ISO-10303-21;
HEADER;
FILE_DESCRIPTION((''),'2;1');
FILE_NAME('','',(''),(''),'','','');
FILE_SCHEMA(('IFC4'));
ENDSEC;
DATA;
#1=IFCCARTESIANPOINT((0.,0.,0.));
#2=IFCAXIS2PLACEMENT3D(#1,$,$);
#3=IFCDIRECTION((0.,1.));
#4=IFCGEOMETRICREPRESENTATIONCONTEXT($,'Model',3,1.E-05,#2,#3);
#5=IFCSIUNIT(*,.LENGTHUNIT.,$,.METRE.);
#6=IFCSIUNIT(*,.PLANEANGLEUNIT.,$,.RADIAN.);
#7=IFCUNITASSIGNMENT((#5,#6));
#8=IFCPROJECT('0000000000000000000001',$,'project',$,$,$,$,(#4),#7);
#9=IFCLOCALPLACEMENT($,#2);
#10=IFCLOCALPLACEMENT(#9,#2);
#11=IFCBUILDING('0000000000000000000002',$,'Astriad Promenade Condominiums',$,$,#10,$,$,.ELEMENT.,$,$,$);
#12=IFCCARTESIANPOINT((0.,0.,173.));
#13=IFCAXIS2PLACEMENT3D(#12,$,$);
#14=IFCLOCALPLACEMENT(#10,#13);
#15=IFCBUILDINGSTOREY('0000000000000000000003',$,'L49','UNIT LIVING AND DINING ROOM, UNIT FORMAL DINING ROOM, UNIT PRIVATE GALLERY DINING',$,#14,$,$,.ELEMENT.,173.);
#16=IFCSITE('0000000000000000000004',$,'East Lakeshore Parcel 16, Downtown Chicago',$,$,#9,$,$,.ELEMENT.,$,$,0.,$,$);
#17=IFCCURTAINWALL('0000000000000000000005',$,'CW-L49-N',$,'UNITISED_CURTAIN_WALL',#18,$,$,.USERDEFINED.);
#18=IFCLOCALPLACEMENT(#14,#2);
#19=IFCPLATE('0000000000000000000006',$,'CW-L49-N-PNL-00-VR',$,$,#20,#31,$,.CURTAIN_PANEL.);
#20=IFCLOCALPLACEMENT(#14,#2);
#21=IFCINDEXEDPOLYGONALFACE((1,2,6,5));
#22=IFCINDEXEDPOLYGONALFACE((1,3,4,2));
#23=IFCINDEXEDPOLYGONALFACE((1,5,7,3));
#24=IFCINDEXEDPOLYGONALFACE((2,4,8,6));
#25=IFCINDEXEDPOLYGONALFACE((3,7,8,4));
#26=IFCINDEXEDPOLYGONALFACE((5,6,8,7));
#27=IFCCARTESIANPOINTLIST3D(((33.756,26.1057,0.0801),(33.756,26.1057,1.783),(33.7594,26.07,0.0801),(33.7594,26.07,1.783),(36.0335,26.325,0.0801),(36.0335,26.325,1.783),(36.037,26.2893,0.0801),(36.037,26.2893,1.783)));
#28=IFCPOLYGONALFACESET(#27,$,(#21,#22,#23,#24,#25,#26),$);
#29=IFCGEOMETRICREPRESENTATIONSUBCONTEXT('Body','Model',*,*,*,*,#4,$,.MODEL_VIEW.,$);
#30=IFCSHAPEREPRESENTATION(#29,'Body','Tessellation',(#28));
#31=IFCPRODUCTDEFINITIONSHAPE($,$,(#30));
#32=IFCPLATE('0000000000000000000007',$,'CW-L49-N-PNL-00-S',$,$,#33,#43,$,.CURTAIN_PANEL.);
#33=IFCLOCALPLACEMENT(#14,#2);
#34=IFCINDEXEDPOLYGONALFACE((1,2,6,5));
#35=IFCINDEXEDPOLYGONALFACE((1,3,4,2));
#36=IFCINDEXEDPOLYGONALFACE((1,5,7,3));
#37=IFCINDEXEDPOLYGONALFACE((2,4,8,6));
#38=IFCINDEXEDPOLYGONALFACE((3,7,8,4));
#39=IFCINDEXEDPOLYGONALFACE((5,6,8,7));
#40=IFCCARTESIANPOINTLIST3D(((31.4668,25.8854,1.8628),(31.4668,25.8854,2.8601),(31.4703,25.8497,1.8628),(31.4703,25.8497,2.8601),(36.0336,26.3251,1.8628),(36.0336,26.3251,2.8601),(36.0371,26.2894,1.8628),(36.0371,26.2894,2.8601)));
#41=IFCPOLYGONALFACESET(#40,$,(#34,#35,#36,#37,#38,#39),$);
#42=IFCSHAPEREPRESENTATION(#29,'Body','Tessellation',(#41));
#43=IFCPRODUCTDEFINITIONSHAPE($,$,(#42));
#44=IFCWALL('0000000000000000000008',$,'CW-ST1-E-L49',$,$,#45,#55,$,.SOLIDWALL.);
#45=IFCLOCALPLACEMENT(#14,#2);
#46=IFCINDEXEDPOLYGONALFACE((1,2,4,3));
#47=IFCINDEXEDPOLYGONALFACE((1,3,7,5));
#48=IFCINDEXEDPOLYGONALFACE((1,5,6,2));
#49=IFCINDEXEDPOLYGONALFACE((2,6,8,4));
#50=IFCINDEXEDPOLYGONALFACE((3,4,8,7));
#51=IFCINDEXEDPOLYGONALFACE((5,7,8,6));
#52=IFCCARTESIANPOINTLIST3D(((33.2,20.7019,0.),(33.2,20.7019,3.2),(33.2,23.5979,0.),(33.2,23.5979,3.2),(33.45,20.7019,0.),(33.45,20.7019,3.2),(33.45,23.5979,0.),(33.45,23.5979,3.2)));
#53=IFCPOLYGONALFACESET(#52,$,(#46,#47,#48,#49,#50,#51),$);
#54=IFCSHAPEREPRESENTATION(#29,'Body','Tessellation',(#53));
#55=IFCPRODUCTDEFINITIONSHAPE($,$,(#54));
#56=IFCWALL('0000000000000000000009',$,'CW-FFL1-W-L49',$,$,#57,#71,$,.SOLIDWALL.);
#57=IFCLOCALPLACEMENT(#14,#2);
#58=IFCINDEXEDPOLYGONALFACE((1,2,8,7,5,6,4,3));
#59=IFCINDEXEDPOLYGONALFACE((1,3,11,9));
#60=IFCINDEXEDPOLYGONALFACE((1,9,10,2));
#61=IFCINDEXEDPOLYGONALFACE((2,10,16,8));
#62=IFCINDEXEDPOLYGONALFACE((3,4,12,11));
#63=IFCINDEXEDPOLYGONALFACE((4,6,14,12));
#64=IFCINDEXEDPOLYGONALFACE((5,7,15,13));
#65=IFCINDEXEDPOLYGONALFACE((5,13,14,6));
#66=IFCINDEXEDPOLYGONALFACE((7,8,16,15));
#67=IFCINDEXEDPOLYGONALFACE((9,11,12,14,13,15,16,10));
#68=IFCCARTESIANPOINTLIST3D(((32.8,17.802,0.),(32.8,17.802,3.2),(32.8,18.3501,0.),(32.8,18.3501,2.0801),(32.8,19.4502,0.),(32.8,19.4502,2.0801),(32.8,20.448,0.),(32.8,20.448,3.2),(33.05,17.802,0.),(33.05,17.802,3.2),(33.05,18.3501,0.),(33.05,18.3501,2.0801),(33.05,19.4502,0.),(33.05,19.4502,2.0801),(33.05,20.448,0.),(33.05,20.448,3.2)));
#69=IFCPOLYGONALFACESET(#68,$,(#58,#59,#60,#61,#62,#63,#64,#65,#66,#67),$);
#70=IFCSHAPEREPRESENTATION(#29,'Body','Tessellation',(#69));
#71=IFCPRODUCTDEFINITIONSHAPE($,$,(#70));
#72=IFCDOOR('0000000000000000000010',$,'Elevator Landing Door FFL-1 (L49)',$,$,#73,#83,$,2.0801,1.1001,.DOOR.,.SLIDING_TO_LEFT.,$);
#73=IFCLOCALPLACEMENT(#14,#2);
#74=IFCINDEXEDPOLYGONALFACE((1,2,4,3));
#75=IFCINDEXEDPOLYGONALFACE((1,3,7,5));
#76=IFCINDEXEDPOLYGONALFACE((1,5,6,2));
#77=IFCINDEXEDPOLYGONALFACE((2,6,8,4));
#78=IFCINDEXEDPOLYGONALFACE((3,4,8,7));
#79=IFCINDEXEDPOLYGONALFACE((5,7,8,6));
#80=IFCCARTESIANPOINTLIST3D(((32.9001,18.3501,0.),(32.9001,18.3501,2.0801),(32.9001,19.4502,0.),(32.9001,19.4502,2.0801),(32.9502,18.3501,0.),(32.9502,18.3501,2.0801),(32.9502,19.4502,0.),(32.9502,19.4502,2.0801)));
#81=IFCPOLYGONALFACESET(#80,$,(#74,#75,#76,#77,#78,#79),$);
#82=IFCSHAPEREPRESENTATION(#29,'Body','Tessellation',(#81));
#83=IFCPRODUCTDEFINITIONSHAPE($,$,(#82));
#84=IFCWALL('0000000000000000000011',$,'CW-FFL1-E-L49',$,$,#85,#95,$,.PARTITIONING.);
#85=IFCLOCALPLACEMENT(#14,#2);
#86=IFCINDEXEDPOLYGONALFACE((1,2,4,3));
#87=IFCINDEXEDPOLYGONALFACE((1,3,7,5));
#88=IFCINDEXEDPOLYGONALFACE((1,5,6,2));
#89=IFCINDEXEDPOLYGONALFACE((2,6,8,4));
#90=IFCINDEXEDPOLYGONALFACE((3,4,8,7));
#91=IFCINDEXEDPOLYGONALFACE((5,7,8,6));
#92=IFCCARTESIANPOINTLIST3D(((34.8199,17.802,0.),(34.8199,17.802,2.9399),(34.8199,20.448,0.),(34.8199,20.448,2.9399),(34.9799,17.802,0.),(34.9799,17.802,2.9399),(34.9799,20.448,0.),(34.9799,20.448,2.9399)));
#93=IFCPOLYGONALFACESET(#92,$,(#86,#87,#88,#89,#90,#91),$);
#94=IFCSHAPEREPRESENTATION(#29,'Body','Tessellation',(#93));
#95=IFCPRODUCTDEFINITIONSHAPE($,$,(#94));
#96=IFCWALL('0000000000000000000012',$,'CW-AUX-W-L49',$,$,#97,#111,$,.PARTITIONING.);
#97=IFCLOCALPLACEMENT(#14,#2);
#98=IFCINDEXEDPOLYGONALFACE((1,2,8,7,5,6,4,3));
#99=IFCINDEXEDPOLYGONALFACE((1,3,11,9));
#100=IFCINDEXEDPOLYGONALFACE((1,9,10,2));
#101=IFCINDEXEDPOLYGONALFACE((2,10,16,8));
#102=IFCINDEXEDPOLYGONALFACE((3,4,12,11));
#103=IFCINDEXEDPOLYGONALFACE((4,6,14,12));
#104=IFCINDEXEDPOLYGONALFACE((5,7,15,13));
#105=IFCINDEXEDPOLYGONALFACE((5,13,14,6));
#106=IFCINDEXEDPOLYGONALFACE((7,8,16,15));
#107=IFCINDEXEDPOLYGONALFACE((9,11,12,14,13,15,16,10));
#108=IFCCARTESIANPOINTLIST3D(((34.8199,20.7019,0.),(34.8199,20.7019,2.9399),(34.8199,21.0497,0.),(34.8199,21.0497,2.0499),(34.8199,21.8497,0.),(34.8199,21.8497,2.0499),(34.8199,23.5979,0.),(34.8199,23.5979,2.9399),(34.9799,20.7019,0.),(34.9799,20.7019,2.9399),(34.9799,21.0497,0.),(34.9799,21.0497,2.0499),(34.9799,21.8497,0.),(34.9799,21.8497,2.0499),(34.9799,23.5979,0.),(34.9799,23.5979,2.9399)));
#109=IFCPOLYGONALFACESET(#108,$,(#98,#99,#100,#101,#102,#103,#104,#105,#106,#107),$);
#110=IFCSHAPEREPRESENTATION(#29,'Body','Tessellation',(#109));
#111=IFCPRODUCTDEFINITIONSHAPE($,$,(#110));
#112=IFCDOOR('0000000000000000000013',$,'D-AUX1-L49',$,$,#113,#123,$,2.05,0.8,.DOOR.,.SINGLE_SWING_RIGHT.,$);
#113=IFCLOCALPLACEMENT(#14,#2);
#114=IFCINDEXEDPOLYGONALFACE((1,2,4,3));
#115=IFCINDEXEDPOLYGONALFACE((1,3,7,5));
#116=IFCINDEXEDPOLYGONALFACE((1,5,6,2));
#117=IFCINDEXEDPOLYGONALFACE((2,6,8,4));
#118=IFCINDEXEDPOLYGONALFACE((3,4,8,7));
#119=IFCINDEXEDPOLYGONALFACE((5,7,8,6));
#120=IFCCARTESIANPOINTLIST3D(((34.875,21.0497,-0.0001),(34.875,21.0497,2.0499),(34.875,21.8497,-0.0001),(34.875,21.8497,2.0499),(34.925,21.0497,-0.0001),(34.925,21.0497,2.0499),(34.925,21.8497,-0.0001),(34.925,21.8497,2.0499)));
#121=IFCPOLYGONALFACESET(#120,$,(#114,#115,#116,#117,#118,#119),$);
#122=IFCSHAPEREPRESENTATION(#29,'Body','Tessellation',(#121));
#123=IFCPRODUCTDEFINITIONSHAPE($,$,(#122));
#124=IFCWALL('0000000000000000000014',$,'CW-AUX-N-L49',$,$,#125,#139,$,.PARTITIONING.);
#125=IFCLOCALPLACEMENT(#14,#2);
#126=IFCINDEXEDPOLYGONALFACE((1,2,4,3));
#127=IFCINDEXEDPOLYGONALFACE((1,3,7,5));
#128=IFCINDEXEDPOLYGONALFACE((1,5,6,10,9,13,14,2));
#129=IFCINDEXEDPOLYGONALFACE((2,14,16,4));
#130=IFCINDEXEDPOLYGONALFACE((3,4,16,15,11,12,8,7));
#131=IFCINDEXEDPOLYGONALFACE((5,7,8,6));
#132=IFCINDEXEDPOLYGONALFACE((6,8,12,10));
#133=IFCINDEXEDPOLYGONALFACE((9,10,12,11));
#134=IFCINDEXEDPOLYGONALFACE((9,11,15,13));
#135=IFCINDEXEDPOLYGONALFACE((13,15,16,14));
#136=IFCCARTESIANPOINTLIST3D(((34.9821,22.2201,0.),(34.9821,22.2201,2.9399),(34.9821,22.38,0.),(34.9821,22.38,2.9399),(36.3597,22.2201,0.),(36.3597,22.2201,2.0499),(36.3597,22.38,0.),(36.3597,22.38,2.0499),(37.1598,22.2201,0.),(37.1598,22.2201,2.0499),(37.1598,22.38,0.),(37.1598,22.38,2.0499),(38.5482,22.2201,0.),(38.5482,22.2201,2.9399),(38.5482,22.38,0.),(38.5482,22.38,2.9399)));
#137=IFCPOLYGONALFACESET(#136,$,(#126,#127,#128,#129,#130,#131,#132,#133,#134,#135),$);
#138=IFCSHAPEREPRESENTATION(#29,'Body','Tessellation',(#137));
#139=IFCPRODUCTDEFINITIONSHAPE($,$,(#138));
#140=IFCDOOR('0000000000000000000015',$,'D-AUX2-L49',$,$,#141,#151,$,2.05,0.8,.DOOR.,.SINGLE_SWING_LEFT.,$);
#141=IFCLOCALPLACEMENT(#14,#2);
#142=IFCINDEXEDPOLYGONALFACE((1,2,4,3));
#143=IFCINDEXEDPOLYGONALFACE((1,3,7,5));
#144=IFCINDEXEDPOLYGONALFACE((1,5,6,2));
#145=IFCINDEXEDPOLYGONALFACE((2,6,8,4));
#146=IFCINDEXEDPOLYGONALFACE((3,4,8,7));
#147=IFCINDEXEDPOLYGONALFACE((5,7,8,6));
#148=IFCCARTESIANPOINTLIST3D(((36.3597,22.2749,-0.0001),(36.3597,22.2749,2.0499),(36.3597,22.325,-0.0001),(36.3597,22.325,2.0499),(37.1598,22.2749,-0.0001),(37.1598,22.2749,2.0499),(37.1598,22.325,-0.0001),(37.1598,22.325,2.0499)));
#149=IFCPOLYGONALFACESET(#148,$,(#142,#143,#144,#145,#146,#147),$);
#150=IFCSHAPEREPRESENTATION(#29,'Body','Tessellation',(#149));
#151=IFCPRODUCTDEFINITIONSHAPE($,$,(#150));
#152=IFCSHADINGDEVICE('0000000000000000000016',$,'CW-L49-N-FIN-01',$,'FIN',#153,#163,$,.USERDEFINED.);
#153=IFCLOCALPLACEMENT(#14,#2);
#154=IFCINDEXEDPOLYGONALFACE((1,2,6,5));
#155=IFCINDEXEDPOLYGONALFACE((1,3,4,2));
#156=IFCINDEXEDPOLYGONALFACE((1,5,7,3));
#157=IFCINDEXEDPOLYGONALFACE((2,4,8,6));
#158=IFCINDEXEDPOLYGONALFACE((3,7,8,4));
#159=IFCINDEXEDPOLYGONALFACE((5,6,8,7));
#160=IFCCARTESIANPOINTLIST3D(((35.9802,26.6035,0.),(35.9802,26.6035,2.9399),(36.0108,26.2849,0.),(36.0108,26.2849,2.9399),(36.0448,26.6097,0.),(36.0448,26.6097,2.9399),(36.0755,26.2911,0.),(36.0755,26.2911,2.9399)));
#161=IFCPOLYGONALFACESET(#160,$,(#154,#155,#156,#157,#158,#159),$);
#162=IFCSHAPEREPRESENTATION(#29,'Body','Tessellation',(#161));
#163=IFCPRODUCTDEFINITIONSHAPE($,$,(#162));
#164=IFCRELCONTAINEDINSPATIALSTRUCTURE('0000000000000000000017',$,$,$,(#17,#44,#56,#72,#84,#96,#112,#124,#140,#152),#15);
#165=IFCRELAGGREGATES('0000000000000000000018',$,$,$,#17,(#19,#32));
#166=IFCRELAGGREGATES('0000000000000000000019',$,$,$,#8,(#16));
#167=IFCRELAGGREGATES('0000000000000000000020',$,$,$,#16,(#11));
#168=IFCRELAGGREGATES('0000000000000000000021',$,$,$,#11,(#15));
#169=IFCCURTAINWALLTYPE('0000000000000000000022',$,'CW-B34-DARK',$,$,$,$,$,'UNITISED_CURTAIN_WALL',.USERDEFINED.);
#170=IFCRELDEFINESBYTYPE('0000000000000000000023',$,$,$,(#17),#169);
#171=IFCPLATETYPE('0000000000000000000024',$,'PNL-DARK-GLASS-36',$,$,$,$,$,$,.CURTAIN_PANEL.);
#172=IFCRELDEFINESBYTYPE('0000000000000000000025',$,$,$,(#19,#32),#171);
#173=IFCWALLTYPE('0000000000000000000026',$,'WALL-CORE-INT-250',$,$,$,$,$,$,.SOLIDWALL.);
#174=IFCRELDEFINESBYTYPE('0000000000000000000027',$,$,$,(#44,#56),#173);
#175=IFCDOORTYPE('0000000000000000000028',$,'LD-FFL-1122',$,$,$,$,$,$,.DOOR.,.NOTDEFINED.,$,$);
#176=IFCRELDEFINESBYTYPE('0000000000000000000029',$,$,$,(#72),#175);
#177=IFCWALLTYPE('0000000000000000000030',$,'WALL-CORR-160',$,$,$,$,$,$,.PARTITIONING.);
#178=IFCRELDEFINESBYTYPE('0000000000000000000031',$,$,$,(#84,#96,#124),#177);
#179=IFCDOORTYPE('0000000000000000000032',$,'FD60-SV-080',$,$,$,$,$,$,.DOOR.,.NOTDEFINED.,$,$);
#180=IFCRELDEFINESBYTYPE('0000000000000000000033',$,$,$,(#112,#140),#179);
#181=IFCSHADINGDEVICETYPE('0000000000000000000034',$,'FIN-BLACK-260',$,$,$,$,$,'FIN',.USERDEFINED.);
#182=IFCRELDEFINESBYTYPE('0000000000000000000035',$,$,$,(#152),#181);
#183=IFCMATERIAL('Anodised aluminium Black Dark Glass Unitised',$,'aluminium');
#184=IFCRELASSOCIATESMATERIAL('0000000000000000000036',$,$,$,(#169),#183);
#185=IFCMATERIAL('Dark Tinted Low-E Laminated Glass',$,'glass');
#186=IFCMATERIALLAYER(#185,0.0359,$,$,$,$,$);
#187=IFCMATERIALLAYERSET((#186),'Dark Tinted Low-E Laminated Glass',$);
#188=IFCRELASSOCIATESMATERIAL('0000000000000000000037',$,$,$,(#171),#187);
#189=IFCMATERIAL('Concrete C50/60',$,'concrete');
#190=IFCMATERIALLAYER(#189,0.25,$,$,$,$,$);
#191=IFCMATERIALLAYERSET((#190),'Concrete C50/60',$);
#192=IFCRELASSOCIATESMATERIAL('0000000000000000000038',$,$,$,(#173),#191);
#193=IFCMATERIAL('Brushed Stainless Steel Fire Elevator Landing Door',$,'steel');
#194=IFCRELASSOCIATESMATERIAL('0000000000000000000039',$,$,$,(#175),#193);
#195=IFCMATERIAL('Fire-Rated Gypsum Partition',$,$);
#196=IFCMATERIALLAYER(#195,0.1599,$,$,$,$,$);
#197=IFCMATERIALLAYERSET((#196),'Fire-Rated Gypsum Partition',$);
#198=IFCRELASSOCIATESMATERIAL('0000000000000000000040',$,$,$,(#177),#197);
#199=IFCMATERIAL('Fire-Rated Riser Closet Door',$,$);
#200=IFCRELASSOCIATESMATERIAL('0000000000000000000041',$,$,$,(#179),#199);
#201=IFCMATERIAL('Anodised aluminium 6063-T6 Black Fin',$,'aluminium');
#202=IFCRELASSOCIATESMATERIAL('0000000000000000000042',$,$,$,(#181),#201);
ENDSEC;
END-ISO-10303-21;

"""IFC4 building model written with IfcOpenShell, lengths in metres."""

from ifc_helpers import new_model, si_unit, direction, frame, frame_2d, origin, origin_2d, place, context, subcontext, project, spatial, rectangle, extrude, source, transform, mapped, material, layer, layer_set, type_object, type_shapes, element, fill, aggregate, save


model = new_model("IFC4")

# Units and contexts
model_context = context("Model", 3, precision=1e-05, world=origin(), true_north=direction((0.0, 1.0)))
body_context = subcontext(model_context, "Body", "Model", "MODEL_VIEW")
ifc_project = project(units=[si_unit("LENGTHUNIT", "METRE"), si_unit("PLANEANGLEUNIT", "RADIAN")], contexts=[model_context])

# Site, building, storey
site_placement = place(None, origin())
site = spatial("IfcSite", under=ifc_project, at=site_placement, Name="East Lakeshore Parcel 16, Downtown Chicago", CompositionType="ELEMENT", RefElevation=0.0)
building_placement = place(site_placement, origin())
building = spatial("IfcBuilding", under=site, at=building_placement, Name="Astriad Promenade Condominiums", CompositionType="ELEMENT")
storey_placement = place(building_placement, frame((0.0, 0.0, 173.0)))
storey = spatial("IfcBuildingStorey", under=building, at=storey_placement, Name="L49", Description="UNIT LIVING AND DINING ROOM, UNIT FORMAL DINING ROOM, UNIT PRIVATE GALLERY DINING", CompositionType="ELEMENT", Elevation=173.0)

# Curtain wall, plates
ifc_material_1 = material(Name="Anodised aluminium Black Dark Glass Unitised", Category="aluminium")
curtain_wall_type = type_object("IfcCurtainWallType", Name="CW-B34-DARK", ElementType="UNITISED_CURTAIN_WALL", PredefinedType="USERDEFINED", material=ifc_material_1)
curtain_wall_placement = place(storey_placement, origin())
curtain_wall = element("IfcCurtainWall", 1, at=curtain_wall_placement, inside=storey, type_object=curtain_wall_type, Name="CW-L49-N", ObjectType="UNITISED_CURTAIN_WALL", PredefinedType="USERDEFINED")
ifc_material_2 = material(Name="Dark Tinted Low-E Laminated Glass", Category="glass")
ifc_layer_1 = layer(ifc_material_2, 0.0359)
ifc_layer_set_1 = layer_set([ifc_layer_1], Name="Dark Tinted Low-E Laminated Glass")
plate_type = type_object("IfcPlateType", Name="PNL-DARK-GLASS-36", PredefinedType="CURTAIN_PANEL", material=ifc_layer_set_1)
shared_shape_1 = source(origin(), body_context, "Body", "SweptSolid", [
    extrude(rectangle(XDim=2.2881, YDim=0.0359, at=origin_2d()), origin(), (0.0, 0.0, 1.0), 1.7029),
])
plate_1_placement = place(storey_placement, frame((34.8965, 26.1975, 0.0801), z_axis=(0.0, 0.0, 1.0), x_axis=(0.995396, 0.095846, 0.0)))
plate_1 = element("IfcPlate", 2, at=plate_1_placement, type_object=plate_type, Name="CW-L49-N-PNL-00-VR", PredefinedType="CURTAIN_PANEL", context=body_context, shape_type="MappedRepresentation", body=[
    mapped(shared_shape_1, transform((0.0, 0.0, 0.0), scale=1.0)),
])
shared_shape_2 = source(origin(), body_context, "Body", "SweptSolid", [
    extrude(rectangle(XDim=4.5879, YDim=0.0359, at=origin_2d()), origin(), (0.0, 0.0, 1.0), 0.9973),
])
type_shapes(plate_type, [shared_shape_1, shared_shape_2])
plate_2_placement = place(storey_placement, frame((33.752, 26.0874, 1.8628), z_axis=(0.0, 0.0, 1.0), x_axis=(0.995396, 0.095846, 0.0)))
plate_2 = element("IfcPlate", 3, at=plate_2_placement, type_object=plate_type, Name="CW-L49-N-PNL-00-S", PredefinedType="CURTAIN_PANEL", context=body_context, shape_type="MappedRepresentation", body=[
    mapped(shared_shape_2, transform((0.0, 0.0, 0.0), scale=1.0)),
])
aggregate(curtain_wall, [plate_1, plate_2])

# Wall
ifc_material_3 = material(Name="Concrete C50/60", Category="concrete")
ifc_layer_2 = layer(ifc_material_3, 0.25)
ifc_layer_set_2 = layer_set([ifc_layer_2], Name="Concrete C50/60")
wall_type_1 = type_object("IfcWallType", Name="WALL-CORE-INT-250", PredefinedType="SOLIDWALL", material=ifc_layer_set_2)
wall_1_placement = place(storey_placement, frame((33.325, 20.7019, 0.0), z_axis=(0.0, 0.0, 1.0), x_axis=(0.0, 1.0, 0.0)))
element("IfcWall", 4, at=wall_1_placement, inside=storey, type_object=wall_type_1, Name="CW-ST1-E-L49", PredefinedType="SOLIDWALL", context=body_context, shape_type="SweptSolid", body=[
    extrude(rectangle(XDim=2.896, YDim=0.25, at=frame_2d((1.448, 0.0))), origin(), (0.0, 0.0, 1.0), 3.2),
])

# Wall, opening, door
wall_2_placement = place(storey_placement, frame((32.925, 17.802, 0.0), z_axis=(0.0, 0.0, 1.0), x_axis=(0.0, 1.0, 0.0)))
wall_2 = element("IfcWall", 5, at=wall_2_placement, inside=storey, type_object=wall_type_1, Name="CW-FFL1-W-L49", PredefinedType="SOLIDWALL", context=body_context, shape_type="SweptSolid", body=[
    extrude(rectangle(XDim=2.646, YDim=0.25, at=frame_2d((1.323, 0.0))), origin(), (0.0, 0.0, 1.0), 3.2),
])
opening_1_placement = place(wall_2_placement, frame((0.5481, 0.0, 0.0)))
opening_1 = element("IfcOpeningElement", 6, at=opening_1_placement, cuts=wall_2, PredefinedType="OPENING", context=body_context, shape_type="SweptSolid", body=[
    extrude(rectangle(XDim=1.1001, YDim=2.0801, at=frame_2d((0.55, 1.04))), frame((0.0, 0.135, 0.0), z_axis=(0.0, -1.0, 0.0), x_axis=(1.0, 0.0, 0.0)), (0.0, 0.0, 1.0), 0.27),
])
ifc_material_4 = material(Name="Brushed Stainless Steel Fire Elevator Landing Door", Category="steel")
door_type_1 = type_object("IfcDoorType", Name="LD-FFL-1122", OperationType="NOTDEFINED", PredefinedType="DOOR", material=ifc_material_4)
shared_shape_3 = source(origin(), body_context, "Body", "SweptSolid", [
    extrude(rectangle(XDim=1.1001, YDim=2.0801, at=frame_2d((0.55, 1.04))), frame((0.0, 0.0249, 0.0), z_axis=(0.0, -1.0, 0.0), x_axis=(1.0, 0.0, 0.0)), (0.0, 0.0, 1.0), 0.05),
])
type_shapes(door_type_1, [shared_shape_3])
door_1_placement = place(opening_1_placement, origin())
door_1 = element("IfcDoor", 7, at=door_1_placement, inside=storey, type_object=door_type_1, Name="Elevator Landing Door FFL-1 (L49)", OperationType="SLIDING_TO_LEFT", OverallHeight=2.0801, OverallWidth=1.1001, PredefinedType="DOOR", context=body_context, shape_type="MappedRepresentation", body=[
    mapped(shared_shape_3, transform((0.0, 0.0, 0.0), scale=1.0)),
])
fill(opening_1, door_1)

# Wall
ifc_material_5 = material(Name="Fire-Rated Gypsum Partition")
ifc_layer_3 = layer(ifc_material_5, 0.1599)
ifc_layer_set_3 = layer_set([ifc_layer_3], Name="Fire-Rated Gypsum Partition")
wall_type_2 = type_object("IfcWallType", Name="WALL-CORR-160", PredefinedType="PARTITIONING", material=ifc_layer_set_3)
wall_3_placement = place(storey_placement, frame((34.8999, 17.802, 0.0), z_axis=(0.0, 0.0, 1.0), x_axis=(0.0, 1.0, 0.0)))
element("IfcWall", 8, at=wall_3_placement, inside=storey, type_object=wall_type_2, Name="CW-FFL1-E-L49", PredefinedType="PARTITIONING", context=body_context, shape_type="SweptSolid", body=[
    extrude(rectangle(XDim=2.646, YDim=0.1599, at=frame_2d((1.323, 0.0))), origin(), (0.0, 0.0, 1.0), 2.9399),
])

# Walls, openings, doors
wall_4_placement = place(storey_placement, frame((34.8999, 20.7019, 0.0), z_axis=(0.0, 0.0, 1.0), x_axis=(0.0, 1.0, 0.0)))
wall_4 = element("IfcWall", 9, at=wall_4_placement, inside=storey, type_object=wall_type_2, Name="CW-AUX-W-L49", PredefinedType="PARTITIONING", context=body_context, shape_type="SweptSolid", body=[
    extrude(rectangle(XDim=2.896, YDim=0.1599, at=frame_2d((1.448, 0.0))), origin(), (0.0, 0.0, 1.0), 2.9399),
])
opening_2_placement = place(wall_4_placement, frame((0.3479, 0.0, 0.0)))
opening_2 = element("IfcOpeningElement", 10, at=opening_2_placement, cuts=wall_4, PredefinedType="OPENING", context=body_context, shape_type="SweptSolid", body=[
    extrude(rectangle(XDim=0.8, YDim=2.05, at=frame_2d((0.3999, 1.0249))), frame((0.0, 0.0898, 0.0), z_axis=(0.0, -1.0, 0.0), x_axis=(1.0, 0.0, 0.0)), (0.0, 0.0, 1.0), 0.1799),
])
ifc_material_6 = material(Name="Fire-Rated Riser Closet Door")
door_type_2 = type_object("IfcDoorType", Name="FD60-SV-080", OperationType="NOTDEFINED", PredefinedType="DOOR", material=ifc_material_6)
shared_shape_4 = source(origin(), body_context, "Body", "SweptSolid", [
    extrude(rectangle(XDim=0.8, YDim=2.05, at=frame_2d((0.3999, 1.0249))), frame((0.0, 0.0249, 0.0), z_axis=(0.0, -1.0, 0.0), x_axis=(1.0, 0.0, 0.0)), (0.0, 0.0, 1.0), 0.05),
])
type_shapes(door_type_2, [shared_shape_4])
door_2_placement = place(opening_2_placement, origin())
door_2 = element("IfcDoor", 11, at=door_2_placement, inside=storey, type_object=door_type_2, Name="D-AUX1-L49", OperationType="SINGLE_SWING_RIGHT", OverallHeight=2.05, OverallWidth=0.8, PredefinedType="DOOR", context=body_context, shape_type="MappedRepresentation", body=[
    mapped(shared_shape_4, transform((0.0, 0.0, 0.0), scale=1.0)),
])
fill(opening_2, door_2)
wall_5_placement = place(storey_placement, frame((34.9819, 22.3, 0.0), z_axis=(0.0, 0.0, 1.0), x_axis=(1.0, 0.0, 0.0)))
wall_5 = element("IfcWall", 12, at=wall_5_placement, inside=storey, type_object=wall_type_2, Name="CW-AUX-N-L49", PredefinedType="PARTITIONING", context=body_context, shape_type="SweptSolid", body=[
    extrude(rectangle(XDim=3.5662, YDim=0.1599, at=frame_2d((1.7832, 0.0))), origin(), (0.0, 0.0, 1.0), 2.9399),
])
opening_3_placement = place(wall_5_placement, frame((1.3779, 0.0, 0.0)))
opening_3 = element("IfcOpeningElement", 13, at=opening_3_placement, cuts=wall_5, PredefinedType="OPENING", context=body_context, shape_type="SweptSolid", body=[
    extrude(rectangle(XDim=0.8, YDim=2.05, at=frame_2d((0.3999, 1.0249))), frame((0.0, 0.0898, 0.0), z_axis=(0.0, -1.0, 0.0), x_axis=(1.0, 0.0, 0.0)), (0.0, 0.0, 1.0), 0.1799),
])
door_3_placement = place(opening_3_placement, origin())
door_3 = element("IfcDoor", 14, at=door_3_placement, inside=storey, type_object=door_type_2, Name="D-AUX2-L49", OperationType="SINGLE_SWING_LEFT", OverallHeight=2.05, OverallWidth=0.8, PredefinedType="DOOR", context=body_context, shape_type="MappedRepresentation", body=[
    mapped(shared_shape_4, transform((0.0, 0.0, 0.0), scale=1.0)),
])
fill(opening_3, door_3)

# Shading device
ifc_material_7 = material(Name="Anodised aluminium 6063-T6 Black Fin", Category="aluminium")
shading_device_type = type_object("IfcShadingDeviceType", Name="FIN-BLACK-260", ElementType="FIN", PredefinedType="USERDEFINED", material=ifc_material_7)
shared_shape_5 = source(origin(), body_context, "Body", "SweptSolid", [
    extrude(rectangle(XDim=0.0649, YDim=0.3201, at=origin_2d()), origin(), (0.0, 0.0, 1.0), 2.9399),
])
type_shapes(shading_device_type, [shared_shape_5])
shading_device_placement = place(storey_placement, frame((36.0278, 26.4473, 0.0), z_axis=(0.0, 0.0, 1.0), x_axis=(0.995396, 0.095846, 0.0)))
element("IfcShadingDevice", 15, at=shading_device_placement, inside=storey, type_object=shading_device_type, Name="CW-L49-N-FIN-01", ObjectType="FIN", PredefinedType="USERDEFINED", context=body_context, shape_type="MappedRepresentation", body=[
    mapped(shared_shape_5, transform((0.0, 0.0, 0.0), scale=1.0)),
])

save(model, "model.ifc")
